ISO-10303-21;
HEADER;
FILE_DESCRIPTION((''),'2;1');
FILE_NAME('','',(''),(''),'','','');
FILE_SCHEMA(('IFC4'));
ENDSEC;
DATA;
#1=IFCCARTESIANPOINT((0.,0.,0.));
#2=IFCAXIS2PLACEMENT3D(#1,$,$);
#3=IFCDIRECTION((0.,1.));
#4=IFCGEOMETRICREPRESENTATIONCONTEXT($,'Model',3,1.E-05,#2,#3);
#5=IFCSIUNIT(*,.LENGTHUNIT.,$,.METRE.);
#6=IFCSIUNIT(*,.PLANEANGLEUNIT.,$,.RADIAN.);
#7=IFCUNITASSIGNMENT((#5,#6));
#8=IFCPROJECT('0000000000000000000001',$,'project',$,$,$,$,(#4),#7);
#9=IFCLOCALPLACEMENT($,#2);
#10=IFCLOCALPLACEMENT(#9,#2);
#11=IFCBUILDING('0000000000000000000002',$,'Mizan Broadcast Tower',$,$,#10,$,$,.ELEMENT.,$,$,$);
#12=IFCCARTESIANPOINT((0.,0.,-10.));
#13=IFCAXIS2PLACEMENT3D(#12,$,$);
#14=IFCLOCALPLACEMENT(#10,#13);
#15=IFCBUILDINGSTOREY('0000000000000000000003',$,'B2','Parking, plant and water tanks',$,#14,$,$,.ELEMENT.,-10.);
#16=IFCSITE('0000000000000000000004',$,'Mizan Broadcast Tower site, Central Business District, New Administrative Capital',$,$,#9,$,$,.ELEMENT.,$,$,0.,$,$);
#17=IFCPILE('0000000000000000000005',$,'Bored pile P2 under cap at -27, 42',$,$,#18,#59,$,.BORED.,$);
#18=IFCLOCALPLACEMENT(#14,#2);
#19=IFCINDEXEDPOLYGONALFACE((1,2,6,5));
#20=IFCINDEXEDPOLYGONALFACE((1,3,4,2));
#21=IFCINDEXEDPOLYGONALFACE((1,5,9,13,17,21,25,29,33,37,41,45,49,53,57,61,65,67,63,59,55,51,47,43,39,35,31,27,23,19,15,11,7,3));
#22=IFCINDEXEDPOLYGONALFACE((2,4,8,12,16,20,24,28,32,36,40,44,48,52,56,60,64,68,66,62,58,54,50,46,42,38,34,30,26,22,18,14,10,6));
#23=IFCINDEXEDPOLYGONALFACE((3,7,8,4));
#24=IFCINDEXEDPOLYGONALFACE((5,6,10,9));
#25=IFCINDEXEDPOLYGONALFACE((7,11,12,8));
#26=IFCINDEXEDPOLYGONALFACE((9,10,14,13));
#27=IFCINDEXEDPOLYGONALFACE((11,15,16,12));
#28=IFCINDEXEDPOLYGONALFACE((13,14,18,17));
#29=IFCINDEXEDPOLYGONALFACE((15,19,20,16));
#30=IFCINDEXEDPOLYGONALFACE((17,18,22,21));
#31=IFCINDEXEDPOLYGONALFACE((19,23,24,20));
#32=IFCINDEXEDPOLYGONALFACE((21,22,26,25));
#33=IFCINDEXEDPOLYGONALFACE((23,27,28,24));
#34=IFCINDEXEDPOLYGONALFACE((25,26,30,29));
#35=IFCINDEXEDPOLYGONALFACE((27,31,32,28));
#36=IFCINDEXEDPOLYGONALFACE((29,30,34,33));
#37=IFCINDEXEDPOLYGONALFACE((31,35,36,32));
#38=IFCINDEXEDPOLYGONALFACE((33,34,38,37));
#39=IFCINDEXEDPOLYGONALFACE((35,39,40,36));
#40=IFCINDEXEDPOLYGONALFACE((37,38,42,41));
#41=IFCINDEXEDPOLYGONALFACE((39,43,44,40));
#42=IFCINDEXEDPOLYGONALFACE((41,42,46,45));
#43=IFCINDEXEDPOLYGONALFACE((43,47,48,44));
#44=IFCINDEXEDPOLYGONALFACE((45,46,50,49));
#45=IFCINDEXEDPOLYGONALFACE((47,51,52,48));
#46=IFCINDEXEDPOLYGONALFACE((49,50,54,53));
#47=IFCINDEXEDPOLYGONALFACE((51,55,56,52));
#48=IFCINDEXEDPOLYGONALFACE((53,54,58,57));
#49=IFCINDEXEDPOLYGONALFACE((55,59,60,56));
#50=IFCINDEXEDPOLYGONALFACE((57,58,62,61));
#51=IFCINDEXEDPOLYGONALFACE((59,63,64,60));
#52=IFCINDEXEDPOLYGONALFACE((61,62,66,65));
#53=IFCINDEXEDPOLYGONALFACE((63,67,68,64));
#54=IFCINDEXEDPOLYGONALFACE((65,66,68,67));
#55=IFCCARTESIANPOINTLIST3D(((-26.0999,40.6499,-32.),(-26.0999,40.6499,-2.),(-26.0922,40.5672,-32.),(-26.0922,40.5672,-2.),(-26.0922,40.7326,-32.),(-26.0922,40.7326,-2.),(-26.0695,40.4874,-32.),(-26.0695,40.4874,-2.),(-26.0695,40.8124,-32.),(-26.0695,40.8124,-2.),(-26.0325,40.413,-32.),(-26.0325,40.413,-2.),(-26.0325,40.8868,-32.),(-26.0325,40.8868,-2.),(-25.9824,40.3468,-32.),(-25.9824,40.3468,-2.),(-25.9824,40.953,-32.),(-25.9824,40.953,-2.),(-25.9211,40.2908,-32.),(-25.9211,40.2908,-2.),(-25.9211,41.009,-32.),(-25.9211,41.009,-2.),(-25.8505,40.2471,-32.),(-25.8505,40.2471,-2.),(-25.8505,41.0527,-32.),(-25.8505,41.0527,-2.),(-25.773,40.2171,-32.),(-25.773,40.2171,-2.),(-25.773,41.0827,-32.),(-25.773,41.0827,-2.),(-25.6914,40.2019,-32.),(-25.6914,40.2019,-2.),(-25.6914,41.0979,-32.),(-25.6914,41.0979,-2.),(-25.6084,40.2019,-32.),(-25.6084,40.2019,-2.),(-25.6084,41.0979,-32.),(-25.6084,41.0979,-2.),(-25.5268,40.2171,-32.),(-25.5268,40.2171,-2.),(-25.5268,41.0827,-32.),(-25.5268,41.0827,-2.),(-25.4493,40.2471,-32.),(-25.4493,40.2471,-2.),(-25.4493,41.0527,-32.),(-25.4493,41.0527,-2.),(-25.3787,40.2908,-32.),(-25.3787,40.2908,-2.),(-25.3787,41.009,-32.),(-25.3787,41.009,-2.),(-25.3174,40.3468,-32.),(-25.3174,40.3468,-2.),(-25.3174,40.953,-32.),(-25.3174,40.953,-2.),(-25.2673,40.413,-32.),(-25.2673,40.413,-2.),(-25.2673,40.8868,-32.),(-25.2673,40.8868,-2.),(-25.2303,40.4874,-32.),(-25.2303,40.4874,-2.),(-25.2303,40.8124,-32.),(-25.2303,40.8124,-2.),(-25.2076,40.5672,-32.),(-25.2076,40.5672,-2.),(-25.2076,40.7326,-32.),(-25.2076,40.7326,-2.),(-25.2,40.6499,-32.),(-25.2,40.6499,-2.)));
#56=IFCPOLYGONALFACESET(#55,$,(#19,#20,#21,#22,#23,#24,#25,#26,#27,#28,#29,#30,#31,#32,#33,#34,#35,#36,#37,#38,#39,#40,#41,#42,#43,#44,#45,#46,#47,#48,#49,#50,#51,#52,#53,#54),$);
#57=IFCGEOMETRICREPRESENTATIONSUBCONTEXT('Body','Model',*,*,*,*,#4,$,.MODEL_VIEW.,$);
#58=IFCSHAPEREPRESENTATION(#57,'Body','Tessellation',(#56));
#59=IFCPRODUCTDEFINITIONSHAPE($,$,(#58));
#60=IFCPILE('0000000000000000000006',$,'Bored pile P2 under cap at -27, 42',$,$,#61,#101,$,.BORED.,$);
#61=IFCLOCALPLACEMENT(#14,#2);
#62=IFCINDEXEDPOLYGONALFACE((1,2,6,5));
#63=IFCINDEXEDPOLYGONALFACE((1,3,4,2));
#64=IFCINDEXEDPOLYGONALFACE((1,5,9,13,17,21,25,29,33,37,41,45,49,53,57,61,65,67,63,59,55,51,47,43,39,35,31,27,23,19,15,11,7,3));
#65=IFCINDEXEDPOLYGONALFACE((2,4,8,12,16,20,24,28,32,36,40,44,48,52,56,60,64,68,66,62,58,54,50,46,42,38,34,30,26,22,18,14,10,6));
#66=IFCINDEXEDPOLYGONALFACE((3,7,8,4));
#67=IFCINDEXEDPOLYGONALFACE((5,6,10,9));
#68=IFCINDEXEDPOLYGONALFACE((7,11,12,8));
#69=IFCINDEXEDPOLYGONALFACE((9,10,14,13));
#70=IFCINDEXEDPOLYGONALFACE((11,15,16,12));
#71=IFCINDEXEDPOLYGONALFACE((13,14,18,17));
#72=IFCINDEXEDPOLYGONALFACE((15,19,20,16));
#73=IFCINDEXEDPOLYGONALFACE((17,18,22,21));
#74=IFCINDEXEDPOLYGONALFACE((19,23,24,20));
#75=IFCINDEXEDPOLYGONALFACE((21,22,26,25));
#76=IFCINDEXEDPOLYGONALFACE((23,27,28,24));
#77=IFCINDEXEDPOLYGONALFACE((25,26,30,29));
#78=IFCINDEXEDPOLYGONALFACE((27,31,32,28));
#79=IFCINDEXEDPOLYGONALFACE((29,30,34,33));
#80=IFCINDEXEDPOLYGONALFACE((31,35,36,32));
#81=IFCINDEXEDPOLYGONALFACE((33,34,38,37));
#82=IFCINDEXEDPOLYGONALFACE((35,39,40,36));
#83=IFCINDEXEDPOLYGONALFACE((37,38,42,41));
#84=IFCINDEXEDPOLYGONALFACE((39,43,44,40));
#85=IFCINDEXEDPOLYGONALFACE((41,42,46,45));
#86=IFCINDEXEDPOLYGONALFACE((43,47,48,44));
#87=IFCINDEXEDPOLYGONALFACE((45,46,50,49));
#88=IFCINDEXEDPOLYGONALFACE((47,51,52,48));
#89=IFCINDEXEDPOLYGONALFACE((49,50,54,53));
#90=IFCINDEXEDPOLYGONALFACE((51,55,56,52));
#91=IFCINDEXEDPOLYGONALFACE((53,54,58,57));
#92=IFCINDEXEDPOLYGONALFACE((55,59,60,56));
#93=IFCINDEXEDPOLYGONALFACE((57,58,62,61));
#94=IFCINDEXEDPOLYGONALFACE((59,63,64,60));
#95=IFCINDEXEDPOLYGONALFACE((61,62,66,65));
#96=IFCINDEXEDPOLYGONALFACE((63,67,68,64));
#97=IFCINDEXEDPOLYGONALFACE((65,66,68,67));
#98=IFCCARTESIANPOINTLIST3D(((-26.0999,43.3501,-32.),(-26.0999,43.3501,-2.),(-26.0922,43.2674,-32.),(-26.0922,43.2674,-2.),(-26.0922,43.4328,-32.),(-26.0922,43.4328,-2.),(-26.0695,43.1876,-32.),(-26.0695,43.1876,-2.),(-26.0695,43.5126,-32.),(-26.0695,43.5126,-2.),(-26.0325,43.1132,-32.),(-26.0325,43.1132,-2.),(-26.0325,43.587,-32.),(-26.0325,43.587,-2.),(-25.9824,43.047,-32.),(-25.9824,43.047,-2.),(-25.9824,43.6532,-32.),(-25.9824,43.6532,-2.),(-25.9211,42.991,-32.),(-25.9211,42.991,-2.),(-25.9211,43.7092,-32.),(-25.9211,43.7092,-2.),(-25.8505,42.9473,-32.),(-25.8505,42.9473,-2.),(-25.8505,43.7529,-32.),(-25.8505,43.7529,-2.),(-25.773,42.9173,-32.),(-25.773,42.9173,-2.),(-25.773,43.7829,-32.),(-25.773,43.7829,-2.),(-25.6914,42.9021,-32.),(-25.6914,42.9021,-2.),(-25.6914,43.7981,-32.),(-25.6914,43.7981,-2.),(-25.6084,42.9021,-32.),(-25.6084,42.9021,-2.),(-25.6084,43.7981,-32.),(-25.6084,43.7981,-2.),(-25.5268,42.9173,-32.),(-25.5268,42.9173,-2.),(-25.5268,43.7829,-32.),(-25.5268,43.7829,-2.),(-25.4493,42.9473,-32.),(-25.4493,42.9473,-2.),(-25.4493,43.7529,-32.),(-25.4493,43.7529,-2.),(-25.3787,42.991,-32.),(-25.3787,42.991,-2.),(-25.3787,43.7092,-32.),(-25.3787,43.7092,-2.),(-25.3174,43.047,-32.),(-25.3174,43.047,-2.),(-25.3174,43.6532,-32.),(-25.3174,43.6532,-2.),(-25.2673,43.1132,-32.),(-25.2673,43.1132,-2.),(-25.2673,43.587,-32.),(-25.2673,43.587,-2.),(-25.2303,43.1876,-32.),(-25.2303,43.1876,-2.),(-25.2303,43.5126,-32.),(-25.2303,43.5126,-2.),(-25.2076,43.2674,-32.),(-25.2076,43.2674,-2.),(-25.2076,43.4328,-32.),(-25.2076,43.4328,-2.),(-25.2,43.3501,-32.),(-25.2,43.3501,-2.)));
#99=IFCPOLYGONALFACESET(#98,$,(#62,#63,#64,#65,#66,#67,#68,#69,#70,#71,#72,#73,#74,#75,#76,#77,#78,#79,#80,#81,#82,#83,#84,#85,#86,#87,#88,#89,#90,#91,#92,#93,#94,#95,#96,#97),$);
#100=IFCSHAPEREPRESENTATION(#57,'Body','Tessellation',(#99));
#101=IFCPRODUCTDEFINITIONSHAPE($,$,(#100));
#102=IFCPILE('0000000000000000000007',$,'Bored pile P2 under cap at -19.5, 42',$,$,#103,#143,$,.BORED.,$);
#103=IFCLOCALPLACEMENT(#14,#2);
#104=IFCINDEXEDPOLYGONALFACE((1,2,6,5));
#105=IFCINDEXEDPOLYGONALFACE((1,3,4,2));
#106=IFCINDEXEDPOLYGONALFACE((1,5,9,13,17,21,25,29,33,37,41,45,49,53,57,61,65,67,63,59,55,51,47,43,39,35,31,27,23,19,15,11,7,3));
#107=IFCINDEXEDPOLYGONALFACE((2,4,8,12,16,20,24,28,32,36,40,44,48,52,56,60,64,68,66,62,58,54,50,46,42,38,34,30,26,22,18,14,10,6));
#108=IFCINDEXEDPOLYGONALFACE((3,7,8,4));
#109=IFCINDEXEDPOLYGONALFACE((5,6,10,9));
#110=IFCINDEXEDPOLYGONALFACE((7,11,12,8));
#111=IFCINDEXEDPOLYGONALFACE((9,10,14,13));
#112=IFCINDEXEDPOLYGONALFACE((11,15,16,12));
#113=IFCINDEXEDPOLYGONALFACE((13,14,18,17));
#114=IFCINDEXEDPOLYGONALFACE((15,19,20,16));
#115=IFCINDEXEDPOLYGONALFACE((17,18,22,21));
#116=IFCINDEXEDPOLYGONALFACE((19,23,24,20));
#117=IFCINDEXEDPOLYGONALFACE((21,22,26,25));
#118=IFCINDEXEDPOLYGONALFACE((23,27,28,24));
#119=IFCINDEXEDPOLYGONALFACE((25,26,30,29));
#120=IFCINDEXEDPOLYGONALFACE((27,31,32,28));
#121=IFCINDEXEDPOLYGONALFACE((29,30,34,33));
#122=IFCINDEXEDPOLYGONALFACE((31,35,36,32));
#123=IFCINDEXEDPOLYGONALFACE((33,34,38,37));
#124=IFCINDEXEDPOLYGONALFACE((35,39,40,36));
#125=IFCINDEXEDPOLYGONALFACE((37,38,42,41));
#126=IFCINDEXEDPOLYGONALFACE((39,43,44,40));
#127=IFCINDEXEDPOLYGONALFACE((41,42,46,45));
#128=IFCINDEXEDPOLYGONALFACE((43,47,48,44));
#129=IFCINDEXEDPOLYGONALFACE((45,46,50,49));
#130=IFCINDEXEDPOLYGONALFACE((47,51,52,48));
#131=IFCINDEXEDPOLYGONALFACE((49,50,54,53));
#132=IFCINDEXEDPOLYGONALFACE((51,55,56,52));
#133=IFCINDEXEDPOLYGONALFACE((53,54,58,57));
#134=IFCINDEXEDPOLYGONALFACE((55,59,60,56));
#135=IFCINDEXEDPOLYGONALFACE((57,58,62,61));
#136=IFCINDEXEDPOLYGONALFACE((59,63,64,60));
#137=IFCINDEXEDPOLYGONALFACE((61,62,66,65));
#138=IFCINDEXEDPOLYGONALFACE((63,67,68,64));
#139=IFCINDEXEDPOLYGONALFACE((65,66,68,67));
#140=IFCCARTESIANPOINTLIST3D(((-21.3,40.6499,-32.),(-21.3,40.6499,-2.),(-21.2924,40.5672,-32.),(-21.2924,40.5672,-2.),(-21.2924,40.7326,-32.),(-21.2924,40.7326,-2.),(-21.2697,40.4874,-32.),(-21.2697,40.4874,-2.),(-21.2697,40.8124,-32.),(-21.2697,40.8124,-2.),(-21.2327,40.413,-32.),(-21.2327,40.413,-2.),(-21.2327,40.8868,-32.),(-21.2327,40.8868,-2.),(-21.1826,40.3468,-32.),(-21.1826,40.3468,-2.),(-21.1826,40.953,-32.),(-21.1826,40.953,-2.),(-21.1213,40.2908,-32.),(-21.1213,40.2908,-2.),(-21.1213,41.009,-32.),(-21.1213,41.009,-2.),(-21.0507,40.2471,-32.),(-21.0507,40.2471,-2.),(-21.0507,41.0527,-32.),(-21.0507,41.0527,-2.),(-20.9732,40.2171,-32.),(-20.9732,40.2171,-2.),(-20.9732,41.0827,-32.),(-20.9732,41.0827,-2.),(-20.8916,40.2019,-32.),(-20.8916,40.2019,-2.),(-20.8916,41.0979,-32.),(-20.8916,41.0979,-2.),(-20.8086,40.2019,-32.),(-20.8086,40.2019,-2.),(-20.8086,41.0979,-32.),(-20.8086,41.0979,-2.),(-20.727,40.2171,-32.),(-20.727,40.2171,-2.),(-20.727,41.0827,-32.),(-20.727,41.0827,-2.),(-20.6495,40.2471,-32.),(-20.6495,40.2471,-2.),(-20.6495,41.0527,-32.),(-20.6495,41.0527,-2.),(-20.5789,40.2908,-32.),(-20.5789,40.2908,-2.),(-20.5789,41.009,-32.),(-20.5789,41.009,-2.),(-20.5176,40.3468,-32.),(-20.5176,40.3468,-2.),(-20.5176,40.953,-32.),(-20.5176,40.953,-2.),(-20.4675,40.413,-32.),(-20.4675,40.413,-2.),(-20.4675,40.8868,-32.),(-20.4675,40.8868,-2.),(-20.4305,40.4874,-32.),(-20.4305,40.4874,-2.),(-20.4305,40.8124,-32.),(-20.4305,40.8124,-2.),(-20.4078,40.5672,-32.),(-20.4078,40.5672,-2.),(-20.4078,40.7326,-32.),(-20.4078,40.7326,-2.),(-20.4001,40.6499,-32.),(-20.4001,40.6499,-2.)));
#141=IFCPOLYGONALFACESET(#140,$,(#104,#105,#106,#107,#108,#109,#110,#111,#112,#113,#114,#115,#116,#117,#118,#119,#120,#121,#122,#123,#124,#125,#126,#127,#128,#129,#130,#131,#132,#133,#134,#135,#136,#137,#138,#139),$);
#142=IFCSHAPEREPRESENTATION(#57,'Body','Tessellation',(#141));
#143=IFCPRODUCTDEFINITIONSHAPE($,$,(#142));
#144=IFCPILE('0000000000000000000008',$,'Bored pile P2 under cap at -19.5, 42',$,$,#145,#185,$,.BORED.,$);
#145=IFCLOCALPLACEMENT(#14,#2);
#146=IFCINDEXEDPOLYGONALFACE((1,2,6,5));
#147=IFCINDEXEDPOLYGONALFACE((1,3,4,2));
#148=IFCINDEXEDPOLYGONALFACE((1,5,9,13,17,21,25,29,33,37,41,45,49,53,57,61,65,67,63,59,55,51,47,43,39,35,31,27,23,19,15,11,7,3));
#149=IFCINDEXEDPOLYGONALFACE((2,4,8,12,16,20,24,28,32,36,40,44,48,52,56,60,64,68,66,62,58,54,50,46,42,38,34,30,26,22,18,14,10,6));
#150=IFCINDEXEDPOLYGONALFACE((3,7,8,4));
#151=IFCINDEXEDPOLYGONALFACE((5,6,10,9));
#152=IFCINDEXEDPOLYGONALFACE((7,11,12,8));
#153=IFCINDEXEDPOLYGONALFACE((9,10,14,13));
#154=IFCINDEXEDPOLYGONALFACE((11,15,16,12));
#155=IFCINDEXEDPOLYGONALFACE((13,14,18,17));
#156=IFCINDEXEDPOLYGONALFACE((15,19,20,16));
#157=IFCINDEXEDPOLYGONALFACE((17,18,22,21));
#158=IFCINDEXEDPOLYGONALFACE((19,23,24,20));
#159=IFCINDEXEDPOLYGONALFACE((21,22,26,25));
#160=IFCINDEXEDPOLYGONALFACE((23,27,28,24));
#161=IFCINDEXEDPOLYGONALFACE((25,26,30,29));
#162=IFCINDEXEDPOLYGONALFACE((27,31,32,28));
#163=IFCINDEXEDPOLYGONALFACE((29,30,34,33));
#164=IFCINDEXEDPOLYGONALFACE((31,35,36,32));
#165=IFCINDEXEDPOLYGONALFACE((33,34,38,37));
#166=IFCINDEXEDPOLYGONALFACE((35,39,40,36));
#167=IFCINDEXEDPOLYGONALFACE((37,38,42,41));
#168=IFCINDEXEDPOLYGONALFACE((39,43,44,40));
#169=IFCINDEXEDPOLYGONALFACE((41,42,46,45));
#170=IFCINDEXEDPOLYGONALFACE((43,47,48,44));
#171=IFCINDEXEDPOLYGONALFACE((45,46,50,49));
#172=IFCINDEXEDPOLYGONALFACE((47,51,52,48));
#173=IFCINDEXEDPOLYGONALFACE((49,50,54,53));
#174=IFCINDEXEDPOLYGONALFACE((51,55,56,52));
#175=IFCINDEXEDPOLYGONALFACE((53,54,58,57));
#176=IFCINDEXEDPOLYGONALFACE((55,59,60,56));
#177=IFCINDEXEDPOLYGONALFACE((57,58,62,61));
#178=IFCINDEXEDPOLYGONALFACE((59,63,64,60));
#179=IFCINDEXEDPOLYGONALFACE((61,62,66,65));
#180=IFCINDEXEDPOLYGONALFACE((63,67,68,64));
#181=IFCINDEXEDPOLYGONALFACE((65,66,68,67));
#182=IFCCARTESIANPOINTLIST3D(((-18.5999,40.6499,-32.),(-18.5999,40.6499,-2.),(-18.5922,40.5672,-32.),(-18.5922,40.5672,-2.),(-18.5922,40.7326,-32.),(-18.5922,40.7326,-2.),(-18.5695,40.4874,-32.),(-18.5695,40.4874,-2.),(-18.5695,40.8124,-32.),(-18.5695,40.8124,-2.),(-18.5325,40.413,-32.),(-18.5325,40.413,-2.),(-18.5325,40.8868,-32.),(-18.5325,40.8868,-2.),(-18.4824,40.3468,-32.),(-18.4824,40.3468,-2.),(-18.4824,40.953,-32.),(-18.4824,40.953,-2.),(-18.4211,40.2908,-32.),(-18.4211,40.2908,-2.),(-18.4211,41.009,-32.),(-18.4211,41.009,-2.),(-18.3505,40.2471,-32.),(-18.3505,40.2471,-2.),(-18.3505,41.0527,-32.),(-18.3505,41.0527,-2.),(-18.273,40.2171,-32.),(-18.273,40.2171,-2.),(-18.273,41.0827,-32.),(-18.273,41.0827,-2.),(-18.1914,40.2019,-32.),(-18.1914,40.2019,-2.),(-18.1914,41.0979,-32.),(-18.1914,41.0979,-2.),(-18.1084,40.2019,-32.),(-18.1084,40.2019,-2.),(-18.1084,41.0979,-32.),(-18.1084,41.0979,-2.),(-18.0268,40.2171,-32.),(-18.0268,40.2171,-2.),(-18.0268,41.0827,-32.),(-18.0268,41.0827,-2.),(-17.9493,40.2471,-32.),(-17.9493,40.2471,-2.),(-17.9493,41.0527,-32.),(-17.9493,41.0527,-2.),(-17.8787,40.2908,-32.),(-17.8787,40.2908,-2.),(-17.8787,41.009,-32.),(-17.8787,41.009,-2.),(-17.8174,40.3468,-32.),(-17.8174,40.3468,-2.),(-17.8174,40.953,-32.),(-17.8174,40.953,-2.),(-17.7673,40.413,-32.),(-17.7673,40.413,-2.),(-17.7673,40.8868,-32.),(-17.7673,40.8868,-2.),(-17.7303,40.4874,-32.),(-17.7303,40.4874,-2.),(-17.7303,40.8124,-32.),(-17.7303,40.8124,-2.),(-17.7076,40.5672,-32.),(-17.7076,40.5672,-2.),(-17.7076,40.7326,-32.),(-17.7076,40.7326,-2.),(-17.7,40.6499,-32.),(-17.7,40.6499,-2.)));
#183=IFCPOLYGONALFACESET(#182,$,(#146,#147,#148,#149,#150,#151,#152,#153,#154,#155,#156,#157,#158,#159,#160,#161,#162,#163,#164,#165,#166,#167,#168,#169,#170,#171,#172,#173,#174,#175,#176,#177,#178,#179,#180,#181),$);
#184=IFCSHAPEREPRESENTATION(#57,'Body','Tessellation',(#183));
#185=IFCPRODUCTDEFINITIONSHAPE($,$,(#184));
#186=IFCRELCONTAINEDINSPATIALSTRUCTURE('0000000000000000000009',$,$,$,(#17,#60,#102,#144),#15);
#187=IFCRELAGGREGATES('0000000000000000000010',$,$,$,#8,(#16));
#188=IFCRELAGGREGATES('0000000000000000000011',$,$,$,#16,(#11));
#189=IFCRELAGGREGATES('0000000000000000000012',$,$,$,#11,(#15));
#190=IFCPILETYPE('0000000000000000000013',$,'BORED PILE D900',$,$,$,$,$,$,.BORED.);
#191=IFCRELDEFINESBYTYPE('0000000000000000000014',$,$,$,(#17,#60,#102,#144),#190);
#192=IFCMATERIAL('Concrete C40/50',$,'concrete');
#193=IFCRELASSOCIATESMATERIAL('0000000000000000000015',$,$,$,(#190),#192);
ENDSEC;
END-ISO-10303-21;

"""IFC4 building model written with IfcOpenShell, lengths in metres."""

from ifc_helpers import new_model, si_unit, direction, frame, origin, origin_2d, place, context, subcontext, project, spatial, circle, extrude, material, material_profile, profile_set, type_object, element, save


model = new_model("IFC4")

# Units and contexts
model_context = context("Model", 3, precision=1e-05, world=origin(), true_north=direction((0.0, 1.0)))
body_context = subcontext(model_context, "Body", "Model", "MODEL_VIEW")
ifc_project = project(units=[si_unit("LENGTHUNIT", "METRE"), si_unit("PLANEANGLEUNIT", "RADIAN")], contexts=[model_context])

# Site, building, storey
site_placement = place(None, origin())
site = spatial("IfcSite", under=ifc_project, at=site_placement, Name="Mizan Broadcast Tower site, Central Business District, New Administrative Capital", CompositionType="ELEMENT", RefElevation=0.0)
building_placement = place(site_placement, origin())
building = spatial("IfcBuilding", under=site, at=building_placement, Name="Mizan Broadcast Tower", CompositionType="ELEMENT")
storey_placement = place(building_placement, frame((0.0, 0.0, -10.0)))
storey = spatial("IfcBuildingStorey", under=building, at=storey_placement, Name="B2", Description="Parking, plant and water tanks", CompositionType="ELEMENT", Elevation=-10.0)

# Piles
ifc_material_1 = material(Name="Concrete C40/50", Category="concrete")
ifc_material_profile_1 = material_profile(ifc_material_1, circle(Radius=0.45, at=origin_2d()), Name="D900")
ifc_profile_set_1 = profile_set([ifc_material_profile_1], Name="Concrete C40/50")
pile_type = type_object("IfcPileType", Name="BORED PILE D900", PredefinedType="BORED", material=ifc_profile_set_1)
for number, where, z_axis, x_axis, name in (
    (1, (-25.6499, 40.6499, -2.0), (0.0, 0.0, -1.0), (1.0, 0.0, 0.0), "Bored pile P2 under cap at -27, 42"),
    (2, (-25.6499, 43.3501, -2.0), (0.0, 0.0, -1.0), (1.0, 0.0, 0.0), "Bored pile P2 under cap at -27, 42"),
    (3, (-20.8501, 40.6499, -2.0), (0.0, 0.0, -1.0), (1.0, 0.0, 0.0), "Bored pile P2 under cap at -19.5, 42"),
    (4, (-18.1499, 40.6499, -2.0), (0.0, 0.0, -1.0), (1.0, 0.0, 0.0), "Bored pile P2 under cap at -19.5, 42"),
):
    element("IfcPile", number, at=place(storey_placement, frame(where, z_axis=z_axis, x_axis=x_axis)), inside=storey, type_object=pile_type, Name=name, PredefinedType="BORED", context=body_context, shape_type="SweptSolid", body=[
        extrude(circle(Radius=0.45, at=origin_2d()), origin(), (0.0, 0.0, 1.0), 30.0),
    ])

save(model, "model.ifc")
